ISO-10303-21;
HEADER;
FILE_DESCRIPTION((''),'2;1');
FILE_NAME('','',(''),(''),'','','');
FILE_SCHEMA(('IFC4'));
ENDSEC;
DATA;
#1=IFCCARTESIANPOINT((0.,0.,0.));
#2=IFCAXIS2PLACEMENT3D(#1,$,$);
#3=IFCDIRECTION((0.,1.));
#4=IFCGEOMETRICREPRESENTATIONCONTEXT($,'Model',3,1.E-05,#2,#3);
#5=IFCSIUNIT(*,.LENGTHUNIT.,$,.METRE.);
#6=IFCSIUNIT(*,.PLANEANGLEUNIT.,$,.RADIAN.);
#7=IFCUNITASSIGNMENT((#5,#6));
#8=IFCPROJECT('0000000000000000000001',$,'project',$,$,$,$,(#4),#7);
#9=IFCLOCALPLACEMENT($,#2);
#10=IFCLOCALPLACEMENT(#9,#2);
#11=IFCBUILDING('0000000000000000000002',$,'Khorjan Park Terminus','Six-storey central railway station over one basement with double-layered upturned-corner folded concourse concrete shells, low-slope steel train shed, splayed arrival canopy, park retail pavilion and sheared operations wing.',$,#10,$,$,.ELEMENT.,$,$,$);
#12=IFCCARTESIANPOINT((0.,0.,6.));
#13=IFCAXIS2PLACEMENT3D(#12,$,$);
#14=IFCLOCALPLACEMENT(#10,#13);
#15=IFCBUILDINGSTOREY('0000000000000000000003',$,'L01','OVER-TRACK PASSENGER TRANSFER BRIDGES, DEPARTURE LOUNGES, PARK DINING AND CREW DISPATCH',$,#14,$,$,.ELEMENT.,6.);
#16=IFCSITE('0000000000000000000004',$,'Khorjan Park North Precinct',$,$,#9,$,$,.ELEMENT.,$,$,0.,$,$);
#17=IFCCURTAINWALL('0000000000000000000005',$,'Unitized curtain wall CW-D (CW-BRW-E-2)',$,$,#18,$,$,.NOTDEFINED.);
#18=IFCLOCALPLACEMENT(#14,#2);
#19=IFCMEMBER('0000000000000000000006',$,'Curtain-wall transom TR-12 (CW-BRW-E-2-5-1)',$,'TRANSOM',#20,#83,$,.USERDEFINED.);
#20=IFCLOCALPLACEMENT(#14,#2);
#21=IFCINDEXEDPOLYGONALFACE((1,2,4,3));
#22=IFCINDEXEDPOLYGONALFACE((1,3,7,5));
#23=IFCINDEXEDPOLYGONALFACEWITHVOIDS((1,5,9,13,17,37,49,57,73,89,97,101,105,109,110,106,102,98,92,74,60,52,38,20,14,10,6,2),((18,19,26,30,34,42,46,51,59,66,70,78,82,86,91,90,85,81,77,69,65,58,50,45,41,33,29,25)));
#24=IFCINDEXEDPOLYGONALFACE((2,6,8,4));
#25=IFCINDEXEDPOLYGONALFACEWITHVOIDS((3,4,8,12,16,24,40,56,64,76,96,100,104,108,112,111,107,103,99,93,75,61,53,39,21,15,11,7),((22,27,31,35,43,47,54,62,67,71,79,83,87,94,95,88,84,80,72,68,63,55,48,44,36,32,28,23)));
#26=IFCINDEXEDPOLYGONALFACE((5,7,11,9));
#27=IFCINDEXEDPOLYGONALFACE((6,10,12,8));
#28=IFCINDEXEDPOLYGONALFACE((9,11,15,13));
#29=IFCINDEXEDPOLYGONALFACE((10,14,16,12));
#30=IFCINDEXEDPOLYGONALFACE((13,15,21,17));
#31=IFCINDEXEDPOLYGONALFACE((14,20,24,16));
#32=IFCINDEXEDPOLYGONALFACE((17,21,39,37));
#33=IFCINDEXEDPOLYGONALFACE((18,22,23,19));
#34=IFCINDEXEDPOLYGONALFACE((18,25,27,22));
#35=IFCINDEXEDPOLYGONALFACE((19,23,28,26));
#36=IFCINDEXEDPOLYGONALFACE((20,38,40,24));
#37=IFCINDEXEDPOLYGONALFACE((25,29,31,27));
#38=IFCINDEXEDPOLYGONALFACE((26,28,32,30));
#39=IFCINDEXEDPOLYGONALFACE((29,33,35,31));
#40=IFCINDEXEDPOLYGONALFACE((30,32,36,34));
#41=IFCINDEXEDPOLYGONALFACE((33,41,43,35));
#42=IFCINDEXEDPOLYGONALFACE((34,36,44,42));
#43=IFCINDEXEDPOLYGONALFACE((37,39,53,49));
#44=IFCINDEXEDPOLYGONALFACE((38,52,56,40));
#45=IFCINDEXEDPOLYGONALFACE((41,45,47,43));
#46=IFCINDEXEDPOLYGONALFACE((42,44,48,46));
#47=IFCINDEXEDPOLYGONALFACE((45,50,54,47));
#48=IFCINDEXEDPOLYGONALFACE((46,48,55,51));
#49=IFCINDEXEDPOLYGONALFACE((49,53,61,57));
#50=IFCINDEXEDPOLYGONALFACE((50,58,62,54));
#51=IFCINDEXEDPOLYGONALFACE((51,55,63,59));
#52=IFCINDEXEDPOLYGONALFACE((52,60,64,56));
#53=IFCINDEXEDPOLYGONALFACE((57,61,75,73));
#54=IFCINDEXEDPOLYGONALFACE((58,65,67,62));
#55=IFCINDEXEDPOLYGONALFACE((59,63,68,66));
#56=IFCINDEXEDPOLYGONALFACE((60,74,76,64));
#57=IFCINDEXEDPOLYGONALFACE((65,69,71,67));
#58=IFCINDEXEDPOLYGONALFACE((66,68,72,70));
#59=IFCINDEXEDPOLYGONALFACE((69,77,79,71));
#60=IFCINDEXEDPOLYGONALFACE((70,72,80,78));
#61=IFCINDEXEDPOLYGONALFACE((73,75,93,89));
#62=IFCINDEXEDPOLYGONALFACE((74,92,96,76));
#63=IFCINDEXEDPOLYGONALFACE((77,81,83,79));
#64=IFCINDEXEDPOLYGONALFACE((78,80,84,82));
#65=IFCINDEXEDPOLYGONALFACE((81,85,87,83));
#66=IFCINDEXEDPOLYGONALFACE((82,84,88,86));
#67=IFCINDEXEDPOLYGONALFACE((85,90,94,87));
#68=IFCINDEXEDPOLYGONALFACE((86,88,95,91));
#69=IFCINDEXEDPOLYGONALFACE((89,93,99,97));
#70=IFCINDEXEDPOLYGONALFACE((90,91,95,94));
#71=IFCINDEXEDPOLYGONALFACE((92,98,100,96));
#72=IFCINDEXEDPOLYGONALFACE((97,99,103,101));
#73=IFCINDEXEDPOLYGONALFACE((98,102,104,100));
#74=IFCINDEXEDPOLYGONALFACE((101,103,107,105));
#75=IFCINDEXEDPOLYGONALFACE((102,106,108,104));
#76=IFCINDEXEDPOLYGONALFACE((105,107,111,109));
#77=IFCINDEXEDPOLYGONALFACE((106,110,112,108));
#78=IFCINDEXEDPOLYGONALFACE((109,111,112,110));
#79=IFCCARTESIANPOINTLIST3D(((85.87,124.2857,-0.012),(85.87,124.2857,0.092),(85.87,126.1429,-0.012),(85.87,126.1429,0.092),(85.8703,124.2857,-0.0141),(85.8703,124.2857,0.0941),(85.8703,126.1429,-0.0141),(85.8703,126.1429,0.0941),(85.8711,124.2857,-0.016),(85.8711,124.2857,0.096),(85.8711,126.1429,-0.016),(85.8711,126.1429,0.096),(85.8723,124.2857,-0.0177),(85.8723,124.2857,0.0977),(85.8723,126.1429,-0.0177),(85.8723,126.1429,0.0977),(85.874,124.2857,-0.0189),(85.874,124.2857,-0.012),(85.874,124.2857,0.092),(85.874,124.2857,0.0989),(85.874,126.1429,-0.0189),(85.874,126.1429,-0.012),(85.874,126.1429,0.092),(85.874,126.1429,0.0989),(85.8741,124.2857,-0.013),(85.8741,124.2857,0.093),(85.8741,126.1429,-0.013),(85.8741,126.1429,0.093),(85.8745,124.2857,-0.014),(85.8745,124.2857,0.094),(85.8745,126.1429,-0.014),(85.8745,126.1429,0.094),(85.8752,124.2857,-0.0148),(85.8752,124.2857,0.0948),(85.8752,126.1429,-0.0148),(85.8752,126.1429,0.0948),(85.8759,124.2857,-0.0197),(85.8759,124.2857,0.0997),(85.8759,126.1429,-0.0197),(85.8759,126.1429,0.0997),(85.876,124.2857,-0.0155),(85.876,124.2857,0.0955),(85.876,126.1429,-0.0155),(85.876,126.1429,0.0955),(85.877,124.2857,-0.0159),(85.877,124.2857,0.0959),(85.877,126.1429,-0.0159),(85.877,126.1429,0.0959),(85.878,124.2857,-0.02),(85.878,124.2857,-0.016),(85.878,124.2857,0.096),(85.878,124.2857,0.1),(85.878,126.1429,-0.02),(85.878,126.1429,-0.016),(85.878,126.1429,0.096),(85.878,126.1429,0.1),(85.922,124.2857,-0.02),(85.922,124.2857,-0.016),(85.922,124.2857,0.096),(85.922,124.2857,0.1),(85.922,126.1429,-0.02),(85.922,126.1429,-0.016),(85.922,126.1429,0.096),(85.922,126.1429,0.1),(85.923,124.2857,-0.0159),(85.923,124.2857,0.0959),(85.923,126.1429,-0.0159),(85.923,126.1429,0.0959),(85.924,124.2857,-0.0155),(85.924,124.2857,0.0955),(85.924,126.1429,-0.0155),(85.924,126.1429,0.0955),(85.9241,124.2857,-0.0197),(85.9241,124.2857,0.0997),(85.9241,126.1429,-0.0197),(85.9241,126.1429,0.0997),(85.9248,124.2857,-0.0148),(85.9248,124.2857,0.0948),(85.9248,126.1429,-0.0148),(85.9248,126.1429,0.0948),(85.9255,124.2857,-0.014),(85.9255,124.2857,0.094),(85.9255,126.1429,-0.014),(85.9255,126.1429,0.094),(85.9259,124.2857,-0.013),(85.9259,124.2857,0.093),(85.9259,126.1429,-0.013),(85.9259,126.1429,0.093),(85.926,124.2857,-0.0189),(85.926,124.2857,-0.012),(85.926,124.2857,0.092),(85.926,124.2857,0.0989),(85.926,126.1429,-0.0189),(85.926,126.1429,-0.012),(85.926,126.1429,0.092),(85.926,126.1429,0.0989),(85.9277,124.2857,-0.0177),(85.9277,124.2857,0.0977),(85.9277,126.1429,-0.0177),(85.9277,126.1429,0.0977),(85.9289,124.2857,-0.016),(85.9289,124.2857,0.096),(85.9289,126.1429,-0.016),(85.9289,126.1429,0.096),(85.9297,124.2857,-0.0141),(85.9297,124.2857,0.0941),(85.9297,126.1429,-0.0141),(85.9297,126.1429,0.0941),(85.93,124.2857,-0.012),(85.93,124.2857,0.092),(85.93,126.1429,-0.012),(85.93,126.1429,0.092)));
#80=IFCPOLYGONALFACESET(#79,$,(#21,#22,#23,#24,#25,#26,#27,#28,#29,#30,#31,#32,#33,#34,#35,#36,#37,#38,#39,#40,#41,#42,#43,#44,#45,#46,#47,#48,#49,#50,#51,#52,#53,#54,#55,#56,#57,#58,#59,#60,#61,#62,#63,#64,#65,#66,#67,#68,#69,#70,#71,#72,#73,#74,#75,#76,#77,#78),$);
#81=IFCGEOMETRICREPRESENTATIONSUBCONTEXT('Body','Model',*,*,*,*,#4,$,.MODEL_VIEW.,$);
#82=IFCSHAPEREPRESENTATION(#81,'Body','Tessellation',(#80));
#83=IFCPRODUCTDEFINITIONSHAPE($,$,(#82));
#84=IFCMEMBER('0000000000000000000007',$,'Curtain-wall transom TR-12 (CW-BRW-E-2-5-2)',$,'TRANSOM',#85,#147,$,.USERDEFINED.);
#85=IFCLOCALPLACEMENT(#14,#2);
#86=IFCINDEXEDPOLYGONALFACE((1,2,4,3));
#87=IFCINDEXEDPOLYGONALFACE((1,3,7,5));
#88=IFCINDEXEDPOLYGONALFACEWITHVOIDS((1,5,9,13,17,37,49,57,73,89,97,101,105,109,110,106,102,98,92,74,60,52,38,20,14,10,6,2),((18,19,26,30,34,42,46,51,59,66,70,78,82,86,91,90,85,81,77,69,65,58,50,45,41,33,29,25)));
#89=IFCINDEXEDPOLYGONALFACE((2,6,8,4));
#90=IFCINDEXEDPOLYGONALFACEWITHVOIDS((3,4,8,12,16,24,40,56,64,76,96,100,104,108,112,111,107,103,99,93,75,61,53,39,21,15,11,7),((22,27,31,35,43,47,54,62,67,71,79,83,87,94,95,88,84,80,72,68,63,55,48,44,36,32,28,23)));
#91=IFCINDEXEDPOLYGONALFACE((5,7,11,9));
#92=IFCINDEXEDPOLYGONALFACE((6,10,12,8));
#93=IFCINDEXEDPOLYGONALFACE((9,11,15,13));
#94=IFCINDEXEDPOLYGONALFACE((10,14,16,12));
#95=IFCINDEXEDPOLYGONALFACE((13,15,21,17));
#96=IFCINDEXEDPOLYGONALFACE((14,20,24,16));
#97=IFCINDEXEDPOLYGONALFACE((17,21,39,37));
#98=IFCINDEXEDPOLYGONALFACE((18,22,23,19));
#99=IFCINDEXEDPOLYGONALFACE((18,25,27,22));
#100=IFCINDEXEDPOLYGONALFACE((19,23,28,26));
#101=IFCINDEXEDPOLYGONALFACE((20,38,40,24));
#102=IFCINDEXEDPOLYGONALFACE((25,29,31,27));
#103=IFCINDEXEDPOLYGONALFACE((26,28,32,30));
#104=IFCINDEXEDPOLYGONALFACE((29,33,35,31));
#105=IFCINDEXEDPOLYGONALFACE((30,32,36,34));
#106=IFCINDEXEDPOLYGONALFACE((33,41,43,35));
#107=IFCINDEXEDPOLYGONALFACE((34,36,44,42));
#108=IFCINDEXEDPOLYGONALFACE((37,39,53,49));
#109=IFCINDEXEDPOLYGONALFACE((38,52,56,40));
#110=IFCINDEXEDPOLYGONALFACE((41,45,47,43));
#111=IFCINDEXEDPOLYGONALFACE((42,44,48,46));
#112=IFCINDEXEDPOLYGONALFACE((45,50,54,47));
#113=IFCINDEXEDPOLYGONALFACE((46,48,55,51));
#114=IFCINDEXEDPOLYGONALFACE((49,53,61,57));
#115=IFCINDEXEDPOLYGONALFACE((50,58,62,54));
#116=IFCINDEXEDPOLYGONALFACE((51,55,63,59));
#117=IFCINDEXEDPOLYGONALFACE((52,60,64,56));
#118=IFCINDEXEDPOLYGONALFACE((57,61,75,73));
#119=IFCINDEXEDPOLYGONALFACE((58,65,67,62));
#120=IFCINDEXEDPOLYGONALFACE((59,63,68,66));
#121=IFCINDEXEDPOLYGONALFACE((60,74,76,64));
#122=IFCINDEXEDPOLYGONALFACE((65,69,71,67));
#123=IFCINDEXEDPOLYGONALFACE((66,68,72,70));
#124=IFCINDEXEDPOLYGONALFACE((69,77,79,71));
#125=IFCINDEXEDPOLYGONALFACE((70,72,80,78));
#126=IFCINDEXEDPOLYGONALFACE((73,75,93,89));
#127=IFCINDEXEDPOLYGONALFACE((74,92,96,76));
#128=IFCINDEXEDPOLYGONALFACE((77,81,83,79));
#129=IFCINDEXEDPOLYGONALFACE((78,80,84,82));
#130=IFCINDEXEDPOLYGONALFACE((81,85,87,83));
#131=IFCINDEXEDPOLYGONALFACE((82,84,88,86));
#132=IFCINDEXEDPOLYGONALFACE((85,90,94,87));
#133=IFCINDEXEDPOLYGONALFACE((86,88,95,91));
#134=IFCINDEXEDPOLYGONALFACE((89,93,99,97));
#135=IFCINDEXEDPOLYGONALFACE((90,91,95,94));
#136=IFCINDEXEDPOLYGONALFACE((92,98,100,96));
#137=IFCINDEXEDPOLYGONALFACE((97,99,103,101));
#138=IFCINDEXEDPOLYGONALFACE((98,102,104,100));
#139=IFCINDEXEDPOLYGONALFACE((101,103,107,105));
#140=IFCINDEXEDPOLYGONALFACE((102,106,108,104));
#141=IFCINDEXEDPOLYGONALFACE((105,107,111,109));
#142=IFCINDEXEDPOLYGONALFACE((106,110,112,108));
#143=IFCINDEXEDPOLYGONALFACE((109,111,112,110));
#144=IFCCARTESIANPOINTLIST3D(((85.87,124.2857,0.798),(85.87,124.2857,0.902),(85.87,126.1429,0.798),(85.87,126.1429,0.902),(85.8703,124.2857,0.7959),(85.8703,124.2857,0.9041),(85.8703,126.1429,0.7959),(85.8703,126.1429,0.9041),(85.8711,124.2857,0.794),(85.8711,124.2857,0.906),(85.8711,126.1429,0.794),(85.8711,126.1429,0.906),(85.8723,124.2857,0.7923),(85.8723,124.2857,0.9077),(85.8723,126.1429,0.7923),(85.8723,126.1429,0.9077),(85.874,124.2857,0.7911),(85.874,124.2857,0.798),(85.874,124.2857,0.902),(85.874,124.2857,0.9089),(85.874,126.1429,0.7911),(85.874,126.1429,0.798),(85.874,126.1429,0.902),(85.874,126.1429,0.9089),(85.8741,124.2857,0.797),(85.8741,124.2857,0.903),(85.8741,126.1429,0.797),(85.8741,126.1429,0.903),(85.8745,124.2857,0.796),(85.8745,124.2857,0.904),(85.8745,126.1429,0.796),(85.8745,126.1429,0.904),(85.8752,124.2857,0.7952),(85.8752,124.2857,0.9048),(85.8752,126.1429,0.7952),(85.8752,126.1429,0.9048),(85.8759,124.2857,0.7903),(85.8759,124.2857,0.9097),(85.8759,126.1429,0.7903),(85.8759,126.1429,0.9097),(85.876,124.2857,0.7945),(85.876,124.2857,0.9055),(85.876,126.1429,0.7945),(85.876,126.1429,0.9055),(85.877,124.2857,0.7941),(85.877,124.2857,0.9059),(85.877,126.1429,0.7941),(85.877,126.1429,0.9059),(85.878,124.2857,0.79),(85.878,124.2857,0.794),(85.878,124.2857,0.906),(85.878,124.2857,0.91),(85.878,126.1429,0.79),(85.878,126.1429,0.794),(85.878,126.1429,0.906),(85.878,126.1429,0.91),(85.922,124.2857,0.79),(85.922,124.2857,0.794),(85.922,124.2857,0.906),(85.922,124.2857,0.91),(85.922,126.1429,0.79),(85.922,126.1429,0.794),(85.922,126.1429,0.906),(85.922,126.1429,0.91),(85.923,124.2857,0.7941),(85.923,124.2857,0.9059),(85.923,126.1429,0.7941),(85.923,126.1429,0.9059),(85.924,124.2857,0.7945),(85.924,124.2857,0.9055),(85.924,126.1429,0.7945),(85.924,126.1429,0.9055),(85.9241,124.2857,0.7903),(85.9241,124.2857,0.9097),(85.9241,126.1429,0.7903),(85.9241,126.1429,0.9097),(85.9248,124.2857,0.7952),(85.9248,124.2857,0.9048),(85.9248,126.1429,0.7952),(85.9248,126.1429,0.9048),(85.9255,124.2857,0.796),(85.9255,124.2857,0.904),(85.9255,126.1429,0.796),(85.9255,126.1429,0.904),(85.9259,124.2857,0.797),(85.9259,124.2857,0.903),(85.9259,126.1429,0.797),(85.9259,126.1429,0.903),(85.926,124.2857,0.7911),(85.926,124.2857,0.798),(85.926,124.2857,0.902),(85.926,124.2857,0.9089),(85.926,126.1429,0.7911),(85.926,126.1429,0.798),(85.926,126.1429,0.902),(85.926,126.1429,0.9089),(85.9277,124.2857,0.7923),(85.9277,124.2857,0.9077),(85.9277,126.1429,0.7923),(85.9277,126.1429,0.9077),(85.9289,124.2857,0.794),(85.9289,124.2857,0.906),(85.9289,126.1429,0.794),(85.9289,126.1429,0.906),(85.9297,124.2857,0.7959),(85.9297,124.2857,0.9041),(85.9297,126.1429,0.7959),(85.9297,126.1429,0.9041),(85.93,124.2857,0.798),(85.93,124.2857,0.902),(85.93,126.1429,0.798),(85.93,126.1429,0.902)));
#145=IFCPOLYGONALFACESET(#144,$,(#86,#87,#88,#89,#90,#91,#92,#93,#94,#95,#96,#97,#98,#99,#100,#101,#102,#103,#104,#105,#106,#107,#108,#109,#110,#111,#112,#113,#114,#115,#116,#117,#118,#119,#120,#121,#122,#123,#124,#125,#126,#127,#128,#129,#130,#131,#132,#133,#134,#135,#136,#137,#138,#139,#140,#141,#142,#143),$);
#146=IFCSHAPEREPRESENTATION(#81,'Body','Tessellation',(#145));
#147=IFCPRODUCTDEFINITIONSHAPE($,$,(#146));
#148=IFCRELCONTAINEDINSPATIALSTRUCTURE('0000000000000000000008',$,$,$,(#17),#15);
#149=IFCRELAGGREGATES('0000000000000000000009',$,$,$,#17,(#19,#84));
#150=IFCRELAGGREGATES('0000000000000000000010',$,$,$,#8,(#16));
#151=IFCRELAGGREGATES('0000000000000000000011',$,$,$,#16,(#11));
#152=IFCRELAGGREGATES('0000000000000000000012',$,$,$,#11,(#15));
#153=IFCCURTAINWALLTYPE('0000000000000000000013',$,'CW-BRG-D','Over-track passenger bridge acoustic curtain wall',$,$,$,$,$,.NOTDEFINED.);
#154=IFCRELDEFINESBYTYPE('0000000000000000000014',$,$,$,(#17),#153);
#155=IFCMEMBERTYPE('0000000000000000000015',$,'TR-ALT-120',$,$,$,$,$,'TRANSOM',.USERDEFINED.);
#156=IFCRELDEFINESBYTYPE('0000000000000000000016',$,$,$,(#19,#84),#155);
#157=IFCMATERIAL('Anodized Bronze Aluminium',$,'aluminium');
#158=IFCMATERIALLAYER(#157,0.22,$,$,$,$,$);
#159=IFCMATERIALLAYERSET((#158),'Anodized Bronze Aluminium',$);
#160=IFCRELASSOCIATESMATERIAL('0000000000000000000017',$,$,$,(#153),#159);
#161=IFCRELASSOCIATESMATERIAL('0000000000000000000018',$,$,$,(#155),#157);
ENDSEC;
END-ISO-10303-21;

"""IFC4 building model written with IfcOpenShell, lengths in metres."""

from ifc_helpers import new_model, si_unit, direction, frame, origin, origin_2d, place, context, subcontext, project, spatial, hollow_rectangle, extrude, material, layer, layer_set, material_profile, profile_set, type_object, element, aggregate, save


model = new_model("IFC4")

# Units and contexts
model_context = context("Model", 3, precision=1e-05, world=origin(), true_north=direction((0.0, 1.0)))
body_context = subcontext(model_context, "Body", "Model", "MODEL_VIEW")
ifc_project = project(units=[si_unit("LENGTHUNIT", "METRE"), si_unit("PLANEANGLEUNIT", "RADIAN")], contexts=[model_context])

# Site, building, storey
site_placement = place(None, origin())
site = spatial("IfcSite", under=ifc_project, at=site_placement, Name="Khorjan Park North Precinct", CompositionType="ELEMENT", RefElevation=0.0)
building_placement = place(site_placement, origin())
building = spatial("IfcBuilding", under=site, at=building_placement, Name="Khorjan Park Terminus", Description="Six-storey central railway station over one basement with double-layered upturned-corner folded concourse concrete shells, low-slope steel train shed, splayed arrival canopy, park retail pavilion and sheared operations wing.", CompositionType="ELEMENT")
storey_placement = place(building_placement, frame((0.0, 0.0, 6.0)))
storey = spatial("IfcBuildingStorey", under=building, at=storey_placement, Name="L01", Description="OVER-TRACK PASSENGER TRANSFER BRIDGES, DEPARTURE LOUNGES, PARK DINING AND CREW DISPATCH", CompositionType="ELEMENT", Elevation=6.0)

# Curtain wall, members
ifc_material_1 = material(Name="Anodized Bronze Aluminium", Category="aluminium")
ifc_layer_1 = layer(ifc_material_1, 0.22)
ifc_layer_set_1 = layer_set([ifc_layer_1], Name="Anodized Bronze Aluminium")
curtain_wall_type = type_object("IfcCurtainWallType", Name="CW-BRG-D", Description="Over-track passenger bridge acoustic curtain wall", PredefinedType="NOTDEFINED", material=ifc_layer_set_1)
curtain_wall_placement = place(storey_placement, origin())
curtain_wall = element("IfcCurtainWall", 1, at=curtain_wall_placement, inside=storey, type_object=curtain_wall_type, Name="Unitized curtain wall CW-D (CW-BRW-E-2)", PredefinedType="NOTDEFINED")
ifc_material_profile_1 = material_profile(ifc_material_1, hollow_rectangle(XDim=0.06, YDim=0.12, WallThickness=0.004, InnerFilletRadius=0.004, OuterFilletRadius=0.008, at=origin_2d()), Name="ALT 60x120x4")
ifc_profile_set_1 = profile_set([ifc_material_profile_1], Name="Anodized Bronze Aluminium")
member_type_1 = type_object("IfcMemberType", Name="TR-ALT-120", ElementType="TRANSOM", PredefinedType="USERDEFINED", material=ifc_profile_set_1)
member_1_placement = place(storey_placement, frame((85.9, 124.2857, 0.04), z_axis=(0.0, 1.0, 0.0), x_axis=(-1.0, 0.0, 0.0)))
member_1 = element("IfcMember", 2, at=member_1_placement, type_object=member_type_1, Name="Curtain-wall transom TR-12 (CW-BRW-E-2-5-1)", ObjectType="TRANSOM", PredefinedType="USERDEFINED", context=body_context, shape_type="SweptSolid", body=[
    extrude(hollow_rectangle(XDim=0.06, YDim=0.12, WallThickness=0.004, InnerFilletRadius=0.004, OuterFilletRadius=0.008, at=origin_2d()), origin(), (0.0, 0.0, 1.0), 1.8572),
])
member_2_placement = place(storey_placement, frame((85.9, 124.2857, 0.85), z_axis=(0.0, 1.0, 0.0), x_axis=(-1.0, 0.0, 0.0)))
member_2 = element("IfcMember", 3, at=member_2_placement, type_object=member_type_1, Name="Curtain-wall transom TR-12 (CW-BRW-E-2-5-2)", ObjectType="TRANSOM", PredefinedType="USERDEFINED", context=body_context, shape_type="SweptSolid", body=[
    extrude(hollow_rectangle(XDim=0.06, YDim=0.12, WallThickness=0.004, InnerFilletRadius=0.004, OuterFilletRadius=0.008, at=origin_2d()), origin(), (0.0, 0.0, 1.0), 1.8572),
])
aggregate(curtain_wall, [member_1, member_2])

save(model, "model.ifc")
